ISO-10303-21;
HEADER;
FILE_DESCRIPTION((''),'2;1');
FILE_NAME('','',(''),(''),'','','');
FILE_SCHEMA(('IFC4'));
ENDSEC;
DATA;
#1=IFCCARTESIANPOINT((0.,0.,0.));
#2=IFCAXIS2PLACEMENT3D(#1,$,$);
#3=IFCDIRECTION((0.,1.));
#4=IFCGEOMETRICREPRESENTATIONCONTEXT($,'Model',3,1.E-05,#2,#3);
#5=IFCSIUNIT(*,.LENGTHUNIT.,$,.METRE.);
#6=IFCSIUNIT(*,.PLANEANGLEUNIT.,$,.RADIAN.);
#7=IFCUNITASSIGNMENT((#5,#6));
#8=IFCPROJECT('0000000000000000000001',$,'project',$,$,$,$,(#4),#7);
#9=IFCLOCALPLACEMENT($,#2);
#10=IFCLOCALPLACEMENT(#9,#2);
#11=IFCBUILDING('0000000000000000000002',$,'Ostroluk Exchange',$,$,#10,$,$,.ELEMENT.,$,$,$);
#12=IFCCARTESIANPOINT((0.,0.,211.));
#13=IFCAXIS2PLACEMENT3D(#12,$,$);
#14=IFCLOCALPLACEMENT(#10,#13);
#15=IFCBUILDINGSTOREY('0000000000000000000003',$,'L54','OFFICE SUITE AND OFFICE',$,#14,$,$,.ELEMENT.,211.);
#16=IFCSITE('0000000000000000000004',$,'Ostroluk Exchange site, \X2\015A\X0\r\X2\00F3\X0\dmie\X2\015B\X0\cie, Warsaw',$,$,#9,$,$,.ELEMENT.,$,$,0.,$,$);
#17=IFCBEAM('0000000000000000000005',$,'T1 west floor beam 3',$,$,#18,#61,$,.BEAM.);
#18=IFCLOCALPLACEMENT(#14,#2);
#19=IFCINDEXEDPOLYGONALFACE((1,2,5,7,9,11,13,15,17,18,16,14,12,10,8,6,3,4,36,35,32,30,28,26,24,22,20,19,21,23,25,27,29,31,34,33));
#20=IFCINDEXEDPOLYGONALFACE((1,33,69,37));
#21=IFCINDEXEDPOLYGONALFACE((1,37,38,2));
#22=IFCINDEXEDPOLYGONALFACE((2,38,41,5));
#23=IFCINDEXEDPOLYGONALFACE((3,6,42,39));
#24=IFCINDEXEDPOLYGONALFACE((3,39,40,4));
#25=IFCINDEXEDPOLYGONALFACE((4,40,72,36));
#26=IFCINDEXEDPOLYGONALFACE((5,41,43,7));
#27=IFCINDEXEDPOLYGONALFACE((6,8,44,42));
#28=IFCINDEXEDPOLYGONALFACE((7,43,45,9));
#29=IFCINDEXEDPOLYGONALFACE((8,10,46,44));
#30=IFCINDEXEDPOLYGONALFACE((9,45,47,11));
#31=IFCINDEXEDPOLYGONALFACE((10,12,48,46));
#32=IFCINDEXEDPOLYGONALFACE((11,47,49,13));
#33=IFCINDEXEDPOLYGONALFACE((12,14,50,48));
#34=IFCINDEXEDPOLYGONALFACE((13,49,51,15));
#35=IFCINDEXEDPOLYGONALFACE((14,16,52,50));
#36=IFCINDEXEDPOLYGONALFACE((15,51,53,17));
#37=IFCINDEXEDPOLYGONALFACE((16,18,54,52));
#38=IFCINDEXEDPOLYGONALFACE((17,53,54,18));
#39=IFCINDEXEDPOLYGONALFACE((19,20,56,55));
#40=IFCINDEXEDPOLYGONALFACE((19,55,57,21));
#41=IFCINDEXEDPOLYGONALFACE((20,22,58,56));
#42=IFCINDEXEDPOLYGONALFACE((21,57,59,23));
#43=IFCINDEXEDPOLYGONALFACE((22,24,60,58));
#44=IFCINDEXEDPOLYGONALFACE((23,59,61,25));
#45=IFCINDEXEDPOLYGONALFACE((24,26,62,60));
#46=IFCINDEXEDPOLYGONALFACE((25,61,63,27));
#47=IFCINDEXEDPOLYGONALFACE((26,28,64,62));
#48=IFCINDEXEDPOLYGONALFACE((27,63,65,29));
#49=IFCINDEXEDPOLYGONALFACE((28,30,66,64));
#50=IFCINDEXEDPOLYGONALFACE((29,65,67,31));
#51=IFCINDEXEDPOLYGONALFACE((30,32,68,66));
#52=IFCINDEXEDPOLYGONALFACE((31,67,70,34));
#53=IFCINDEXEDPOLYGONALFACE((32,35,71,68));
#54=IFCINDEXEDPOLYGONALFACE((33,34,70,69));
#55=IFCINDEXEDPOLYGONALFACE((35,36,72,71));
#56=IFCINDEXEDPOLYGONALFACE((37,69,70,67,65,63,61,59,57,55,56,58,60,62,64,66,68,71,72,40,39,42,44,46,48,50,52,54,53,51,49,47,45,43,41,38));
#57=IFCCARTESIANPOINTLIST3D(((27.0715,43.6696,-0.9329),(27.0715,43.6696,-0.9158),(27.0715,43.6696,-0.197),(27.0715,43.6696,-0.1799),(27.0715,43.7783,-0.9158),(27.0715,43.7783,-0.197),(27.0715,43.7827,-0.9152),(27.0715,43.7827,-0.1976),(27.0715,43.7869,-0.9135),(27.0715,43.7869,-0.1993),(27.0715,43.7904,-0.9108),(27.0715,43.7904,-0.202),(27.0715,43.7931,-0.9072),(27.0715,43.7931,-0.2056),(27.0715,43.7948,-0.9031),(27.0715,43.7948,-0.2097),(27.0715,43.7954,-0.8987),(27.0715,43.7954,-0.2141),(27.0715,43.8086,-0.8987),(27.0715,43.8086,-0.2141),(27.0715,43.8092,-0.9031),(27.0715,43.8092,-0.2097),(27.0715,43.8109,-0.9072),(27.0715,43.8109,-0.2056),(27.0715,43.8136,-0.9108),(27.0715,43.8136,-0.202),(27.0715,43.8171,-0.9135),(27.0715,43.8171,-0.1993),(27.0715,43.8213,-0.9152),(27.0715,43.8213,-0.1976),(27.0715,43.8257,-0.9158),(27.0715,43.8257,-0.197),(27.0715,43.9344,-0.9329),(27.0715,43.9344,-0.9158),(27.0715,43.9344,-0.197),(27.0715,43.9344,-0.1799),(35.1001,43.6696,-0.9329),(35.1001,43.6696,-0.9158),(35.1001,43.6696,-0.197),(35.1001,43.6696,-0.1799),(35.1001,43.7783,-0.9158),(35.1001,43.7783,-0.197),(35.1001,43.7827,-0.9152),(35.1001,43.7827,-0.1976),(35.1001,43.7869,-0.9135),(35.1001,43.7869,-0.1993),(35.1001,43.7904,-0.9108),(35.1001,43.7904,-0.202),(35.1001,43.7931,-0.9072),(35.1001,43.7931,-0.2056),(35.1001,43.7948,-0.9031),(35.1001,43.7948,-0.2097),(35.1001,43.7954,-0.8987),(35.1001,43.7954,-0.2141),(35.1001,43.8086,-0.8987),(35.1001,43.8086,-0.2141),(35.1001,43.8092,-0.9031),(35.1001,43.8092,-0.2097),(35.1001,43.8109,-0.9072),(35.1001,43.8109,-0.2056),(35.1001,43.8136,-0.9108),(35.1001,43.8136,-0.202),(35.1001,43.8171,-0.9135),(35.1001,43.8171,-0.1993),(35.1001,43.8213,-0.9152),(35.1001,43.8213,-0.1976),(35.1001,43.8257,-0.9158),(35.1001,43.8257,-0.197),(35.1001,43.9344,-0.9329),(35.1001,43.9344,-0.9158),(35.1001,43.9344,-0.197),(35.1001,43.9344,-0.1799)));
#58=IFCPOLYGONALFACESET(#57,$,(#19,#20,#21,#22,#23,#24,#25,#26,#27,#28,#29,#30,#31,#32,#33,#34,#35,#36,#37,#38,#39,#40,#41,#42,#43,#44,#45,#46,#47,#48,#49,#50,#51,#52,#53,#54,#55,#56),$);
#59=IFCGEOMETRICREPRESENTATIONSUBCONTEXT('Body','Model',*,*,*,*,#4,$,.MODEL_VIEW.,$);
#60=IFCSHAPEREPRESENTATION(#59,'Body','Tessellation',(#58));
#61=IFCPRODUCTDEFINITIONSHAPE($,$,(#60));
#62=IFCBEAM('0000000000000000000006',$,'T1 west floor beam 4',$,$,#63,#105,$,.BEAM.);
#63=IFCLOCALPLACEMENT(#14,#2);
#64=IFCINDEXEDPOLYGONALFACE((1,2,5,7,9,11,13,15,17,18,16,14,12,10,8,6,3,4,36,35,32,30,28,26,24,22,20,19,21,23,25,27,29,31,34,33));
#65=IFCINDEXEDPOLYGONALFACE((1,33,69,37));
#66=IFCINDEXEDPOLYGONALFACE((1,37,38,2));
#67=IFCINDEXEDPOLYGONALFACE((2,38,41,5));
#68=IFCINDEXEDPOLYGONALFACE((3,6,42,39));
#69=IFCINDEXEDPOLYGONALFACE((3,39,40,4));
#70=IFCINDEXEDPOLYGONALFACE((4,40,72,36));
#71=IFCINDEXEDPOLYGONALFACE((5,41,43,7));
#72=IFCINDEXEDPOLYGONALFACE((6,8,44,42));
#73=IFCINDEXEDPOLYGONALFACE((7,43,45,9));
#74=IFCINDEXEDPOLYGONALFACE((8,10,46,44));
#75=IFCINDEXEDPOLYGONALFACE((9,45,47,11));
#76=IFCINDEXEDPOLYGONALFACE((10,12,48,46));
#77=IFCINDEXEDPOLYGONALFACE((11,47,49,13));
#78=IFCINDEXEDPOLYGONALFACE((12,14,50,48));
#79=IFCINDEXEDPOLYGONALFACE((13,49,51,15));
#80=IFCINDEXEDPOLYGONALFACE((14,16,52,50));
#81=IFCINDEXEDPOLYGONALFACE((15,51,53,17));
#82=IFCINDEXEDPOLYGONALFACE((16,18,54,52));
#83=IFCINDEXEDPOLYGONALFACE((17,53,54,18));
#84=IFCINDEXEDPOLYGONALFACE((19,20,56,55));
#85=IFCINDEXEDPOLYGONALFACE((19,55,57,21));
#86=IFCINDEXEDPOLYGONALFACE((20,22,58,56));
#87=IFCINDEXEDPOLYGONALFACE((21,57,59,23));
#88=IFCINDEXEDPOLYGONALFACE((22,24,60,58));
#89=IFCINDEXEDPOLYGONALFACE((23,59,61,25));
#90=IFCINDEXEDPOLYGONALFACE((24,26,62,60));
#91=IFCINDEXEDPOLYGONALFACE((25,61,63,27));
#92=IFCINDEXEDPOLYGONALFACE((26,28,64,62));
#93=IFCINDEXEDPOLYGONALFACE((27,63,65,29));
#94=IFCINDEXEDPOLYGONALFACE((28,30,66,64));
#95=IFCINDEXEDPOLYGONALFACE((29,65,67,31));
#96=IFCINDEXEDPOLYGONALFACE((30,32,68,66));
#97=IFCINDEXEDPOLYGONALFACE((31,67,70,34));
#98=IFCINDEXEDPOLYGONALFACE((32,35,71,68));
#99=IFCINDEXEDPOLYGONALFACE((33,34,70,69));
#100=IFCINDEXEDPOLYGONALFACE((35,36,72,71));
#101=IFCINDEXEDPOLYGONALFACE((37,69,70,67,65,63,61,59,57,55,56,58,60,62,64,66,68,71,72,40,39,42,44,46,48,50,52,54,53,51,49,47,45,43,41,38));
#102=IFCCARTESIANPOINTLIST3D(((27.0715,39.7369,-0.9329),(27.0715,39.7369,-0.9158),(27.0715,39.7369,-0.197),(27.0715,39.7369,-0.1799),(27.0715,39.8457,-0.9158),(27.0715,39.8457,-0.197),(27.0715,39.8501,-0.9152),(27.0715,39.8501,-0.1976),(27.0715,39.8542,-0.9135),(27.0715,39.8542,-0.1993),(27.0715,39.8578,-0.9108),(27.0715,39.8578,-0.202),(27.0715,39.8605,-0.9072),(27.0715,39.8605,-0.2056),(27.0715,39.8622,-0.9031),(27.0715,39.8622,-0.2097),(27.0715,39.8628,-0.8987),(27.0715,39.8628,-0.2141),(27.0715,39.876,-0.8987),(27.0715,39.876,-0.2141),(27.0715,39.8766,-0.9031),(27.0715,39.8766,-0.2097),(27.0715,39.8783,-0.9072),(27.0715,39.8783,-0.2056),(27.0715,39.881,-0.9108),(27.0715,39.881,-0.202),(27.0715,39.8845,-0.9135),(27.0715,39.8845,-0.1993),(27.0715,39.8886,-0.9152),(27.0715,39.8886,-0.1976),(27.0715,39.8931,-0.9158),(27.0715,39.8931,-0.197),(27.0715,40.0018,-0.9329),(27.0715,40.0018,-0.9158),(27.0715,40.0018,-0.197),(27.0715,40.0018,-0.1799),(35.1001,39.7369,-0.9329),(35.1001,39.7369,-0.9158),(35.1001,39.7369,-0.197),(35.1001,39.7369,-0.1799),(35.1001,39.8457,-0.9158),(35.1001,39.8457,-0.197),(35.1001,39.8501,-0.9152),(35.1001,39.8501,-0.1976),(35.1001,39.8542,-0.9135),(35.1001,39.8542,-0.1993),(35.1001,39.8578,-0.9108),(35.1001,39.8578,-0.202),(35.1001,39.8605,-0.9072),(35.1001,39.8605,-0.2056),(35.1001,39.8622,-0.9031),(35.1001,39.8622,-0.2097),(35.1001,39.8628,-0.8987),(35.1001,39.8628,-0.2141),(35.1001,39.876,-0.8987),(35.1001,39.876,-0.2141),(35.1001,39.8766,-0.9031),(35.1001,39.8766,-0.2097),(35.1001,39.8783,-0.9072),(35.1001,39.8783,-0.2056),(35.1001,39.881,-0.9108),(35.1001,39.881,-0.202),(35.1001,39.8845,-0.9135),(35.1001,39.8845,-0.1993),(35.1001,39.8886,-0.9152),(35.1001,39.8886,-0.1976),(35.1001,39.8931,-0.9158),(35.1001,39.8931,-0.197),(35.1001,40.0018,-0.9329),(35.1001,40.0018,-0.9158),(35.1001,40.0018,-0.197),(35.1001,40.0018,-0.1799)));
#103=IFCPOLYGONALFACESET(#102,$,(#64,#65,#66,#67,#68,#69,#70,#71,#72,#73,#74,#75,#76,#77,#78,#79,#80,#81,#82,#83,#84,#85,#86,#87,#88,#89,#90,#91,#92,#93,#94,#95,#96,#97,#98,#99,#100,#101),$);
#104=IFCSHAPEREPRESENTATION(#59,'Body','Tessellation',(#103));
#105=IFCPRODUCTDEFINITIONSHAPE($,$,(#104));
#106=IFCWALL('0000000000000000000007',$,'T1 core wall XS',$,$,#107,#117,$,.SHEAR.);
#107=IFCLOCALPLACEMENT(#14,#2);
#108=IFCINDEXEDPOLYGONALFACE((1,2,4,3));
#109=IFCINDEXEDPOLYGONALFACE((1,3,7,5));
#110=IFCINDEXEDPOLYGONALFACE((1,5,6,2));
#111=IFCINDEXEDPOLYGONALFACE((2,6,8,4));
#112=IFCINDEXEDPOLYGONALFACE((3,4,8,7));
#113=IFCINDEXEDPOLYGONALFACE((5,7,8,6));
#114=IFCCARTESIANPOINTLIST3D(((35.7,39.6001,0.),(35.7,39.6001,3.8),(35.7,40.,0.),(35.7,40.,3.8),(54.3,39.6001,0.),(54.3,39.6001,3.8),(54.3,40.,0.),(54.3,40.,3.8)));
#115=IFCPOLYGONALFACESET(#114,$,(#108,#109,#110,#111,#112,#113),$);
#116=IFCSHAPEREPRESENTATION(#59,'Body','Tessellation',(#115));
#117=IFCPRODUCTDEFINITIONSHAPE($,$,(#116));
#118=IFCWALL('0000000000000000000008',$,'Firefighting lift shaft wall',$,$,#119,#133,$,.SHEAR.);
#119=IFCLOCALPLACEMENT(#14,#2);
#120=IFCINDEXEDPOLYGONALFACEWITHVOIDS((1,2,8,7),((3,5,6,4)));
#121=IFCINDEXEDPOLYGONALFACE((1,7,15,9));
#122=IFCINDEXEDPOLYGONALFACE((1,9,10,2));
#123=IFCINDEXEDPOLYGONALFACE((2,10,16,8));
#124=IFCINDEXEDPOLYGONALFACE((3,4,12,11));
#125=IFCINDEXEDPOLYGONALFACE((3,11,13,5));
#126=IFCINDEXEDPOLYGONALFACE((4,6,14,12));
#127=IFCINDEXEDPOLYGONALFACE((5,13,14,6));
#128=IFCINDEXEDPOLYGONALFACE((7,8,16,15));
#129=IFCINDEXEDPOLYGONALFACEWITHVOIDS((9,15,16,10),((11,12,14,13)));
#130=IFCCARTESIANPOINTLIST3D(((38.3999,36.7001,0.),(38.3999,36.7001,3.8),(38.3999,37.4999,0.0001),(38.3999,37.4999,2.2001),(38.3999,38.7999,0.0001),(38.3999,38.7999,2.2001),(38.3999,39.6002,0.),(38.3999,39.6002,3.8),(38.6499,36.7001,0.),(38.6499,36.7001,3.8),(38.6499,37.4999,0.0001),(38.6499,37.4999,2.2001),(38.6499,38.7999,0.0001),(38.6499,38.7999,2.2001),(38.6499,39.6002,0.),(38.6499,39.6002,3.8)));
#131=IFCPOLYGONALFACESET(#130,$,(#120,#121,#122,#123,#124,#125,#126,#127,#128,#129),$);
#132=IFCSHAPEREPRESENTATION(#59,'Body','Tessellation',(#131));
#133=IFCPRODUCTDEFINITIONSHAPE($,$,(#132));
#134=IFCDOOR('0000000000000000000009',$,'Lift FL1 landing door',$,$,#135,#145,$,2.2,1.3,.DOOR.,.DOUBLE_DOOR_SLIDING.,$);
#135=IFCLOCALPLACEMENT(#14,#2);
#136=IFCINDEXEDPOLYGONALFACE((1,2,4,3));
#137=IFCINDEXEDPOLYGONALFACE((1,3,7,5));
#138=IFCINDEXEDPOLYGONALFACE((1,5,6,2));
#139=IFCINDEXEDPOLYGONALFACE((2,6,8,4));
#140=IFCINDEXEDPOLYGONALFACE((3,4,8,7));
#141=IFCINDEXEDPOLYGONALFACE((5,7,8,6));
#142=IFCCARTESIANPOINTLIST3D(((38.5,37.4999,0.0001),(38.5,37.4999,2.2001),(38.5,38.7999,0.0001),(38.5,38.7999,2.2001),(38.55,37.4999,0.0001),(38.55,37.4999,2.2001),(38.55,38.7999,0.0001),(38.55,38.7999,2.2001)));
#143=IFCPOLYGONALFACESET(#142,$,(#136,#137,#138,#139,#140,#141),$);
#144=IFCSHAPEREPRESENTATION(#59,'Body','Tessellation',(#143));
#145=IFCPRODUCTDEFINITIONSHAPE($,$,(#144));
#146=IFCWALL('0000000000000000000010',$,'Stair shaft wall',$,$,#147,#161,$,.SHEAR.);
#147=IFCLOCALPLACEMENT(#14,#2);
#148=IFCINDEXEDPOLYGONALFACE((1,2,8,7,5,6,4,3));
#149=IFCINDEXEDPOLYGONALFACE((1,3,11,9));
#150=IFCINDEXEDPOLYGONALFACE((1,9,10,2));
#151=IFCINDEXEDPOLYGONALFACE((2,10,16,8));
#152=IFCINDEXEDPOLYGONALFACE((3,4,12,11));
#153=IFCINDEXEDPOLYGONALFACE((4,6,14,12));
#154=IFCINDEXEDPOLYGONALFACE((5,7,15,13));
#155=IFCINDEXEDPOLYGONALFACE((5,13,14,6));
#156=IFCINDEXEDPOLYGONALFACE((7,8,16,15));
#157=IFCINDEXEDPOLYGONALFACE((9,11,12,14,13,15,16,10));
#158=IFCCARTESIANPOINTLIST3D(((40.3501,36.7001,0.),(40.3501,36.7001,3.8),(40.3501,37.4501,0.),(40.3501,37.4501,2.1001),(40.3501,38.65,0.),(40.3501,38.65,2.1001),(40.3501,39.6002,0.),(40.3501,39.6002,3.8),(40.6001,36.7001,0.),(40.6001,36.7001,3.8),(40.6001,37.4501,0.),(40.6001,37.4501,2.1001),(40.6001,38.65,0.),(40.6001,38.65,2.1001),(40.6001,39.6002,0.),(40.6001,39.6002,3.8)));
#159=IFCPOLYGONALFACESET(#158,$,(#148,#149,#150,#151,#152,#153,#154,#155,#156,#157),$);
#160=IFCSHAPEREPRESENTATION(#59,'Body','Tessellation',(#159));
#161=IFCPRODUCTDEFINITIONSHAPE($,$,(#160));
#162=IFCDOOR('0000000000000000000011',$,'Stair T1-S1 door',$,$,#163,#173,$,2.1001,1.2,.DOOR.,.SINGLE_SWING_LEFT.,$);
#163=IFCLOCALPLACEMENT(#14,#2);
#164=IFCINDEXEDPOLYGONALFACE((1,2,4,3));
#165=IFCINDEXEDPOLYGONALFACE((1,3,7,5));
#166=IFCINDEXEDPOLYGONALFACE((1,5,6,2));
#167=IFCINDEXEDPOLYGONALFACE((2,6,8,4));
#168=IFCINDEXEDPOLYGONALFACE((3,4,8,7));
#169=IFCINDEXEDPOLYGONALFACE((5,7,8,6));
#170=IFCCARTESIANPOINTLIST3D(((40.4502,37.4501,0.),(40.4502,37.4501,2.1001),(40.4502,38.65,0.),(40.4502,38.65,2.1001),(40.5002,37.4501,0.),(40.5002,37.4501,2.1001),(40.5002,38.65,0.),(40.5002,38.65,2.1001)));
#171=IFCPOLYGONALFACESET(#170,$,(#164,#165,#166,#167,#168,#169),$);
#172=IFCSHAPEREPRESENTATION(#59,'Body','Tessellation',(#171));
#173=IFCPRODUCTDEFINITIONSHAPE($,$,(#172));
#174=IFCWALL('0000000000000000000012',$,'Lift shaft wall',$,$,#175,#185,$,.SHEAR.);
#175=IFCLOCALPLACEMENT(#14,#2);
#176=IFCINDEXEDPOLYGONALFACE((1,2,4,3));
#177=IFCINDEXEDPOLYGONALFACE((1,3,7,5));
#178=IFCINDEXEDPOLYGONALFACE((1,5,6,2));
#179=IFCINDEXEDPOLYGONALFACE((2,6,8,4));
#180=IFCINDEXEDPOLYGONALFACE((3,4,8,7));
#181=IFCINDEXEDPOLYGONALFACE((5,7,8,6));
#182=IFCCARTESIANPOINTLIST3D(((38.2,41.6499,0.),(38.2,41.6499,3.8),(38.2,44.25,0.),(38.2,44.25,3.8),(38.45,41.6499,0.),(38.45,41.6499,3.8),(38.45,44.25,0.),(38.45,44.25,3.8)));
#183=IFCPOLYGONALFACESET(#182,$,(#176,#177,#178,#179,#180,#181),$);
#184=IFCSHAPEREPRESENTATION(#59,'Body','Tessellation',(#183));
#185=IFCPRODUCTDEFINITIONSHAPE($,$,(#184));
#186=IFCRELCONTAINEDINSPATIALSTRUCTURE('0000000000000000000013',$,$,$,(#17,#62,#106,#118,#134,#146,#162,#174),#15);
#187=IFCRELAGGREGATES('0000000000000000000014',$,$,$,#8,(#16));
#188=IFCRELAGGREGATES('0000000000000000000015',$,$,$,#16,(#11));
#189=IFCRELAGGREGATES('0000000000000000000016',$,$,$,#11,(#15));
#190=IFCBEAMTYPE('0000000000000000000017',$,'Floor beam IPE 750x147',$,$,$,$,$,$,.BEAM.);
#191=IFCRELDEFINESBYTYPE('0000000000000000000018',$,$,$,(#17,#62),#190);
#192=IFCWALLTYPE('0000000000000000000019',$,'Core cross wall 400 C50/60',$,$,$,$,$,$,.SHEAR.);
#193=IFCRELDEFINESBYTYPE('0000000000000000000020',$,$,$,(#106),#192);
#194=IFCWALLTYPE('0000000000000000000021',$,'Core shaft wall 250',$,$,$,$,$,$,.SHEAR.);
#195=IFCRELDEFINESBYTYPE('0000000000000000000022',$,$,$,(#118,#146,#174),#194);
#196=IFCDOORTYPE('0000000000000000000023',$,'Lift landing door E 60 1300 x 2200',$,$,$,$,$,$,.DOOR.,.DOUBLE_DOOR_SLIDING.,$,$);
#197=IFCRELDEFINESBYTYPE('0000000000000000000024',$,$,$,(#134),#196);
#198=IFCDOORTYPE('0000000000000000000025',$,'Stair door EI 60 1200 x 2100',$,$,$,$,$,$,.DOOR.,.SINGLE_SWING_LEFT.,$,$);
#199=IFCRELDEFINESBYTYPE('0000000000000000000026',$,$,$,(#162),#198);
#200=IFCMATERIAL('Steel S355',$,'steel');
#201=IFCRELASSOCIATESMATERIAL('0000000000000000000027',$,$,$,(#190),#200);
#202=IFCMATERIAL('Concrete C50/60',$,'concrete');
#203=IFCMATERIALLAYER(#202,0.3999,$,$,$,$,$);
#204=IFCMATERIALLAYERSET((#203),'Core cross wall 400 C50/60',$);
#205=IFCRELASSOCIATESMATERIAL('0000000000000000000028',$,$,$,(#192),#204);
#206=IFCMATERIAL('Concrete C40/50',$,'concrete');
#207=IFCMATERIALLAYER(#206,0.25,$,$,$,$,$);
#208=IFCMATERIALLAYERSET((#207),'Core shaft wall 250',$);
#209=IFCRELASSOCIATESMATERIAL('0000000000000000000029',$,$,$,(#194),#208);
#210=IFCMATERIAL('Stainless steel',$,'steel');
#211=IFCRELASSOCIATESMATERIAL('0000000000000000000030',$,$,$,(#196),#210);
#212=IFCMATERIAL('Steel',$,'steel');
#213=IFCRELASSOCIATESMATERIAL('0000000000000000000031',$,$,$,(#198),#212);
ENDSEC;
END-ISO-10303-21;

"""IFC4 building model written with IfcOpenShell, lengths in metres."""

from ifc_helpers import new_model, si_unit, direction, frame, frame_2d, origin, origin_2d, place, context, subcontext, project, spatial, rectangle, i_section, extrude, material, layer, layer_set, material_profile, profile_set, type_object, element, fill, save


model = new_model("IFC4")

# Units and contexts
model_context = context("Model", 3, precision=1e-05, world=origin(), true_north=direction((0.0, 1.0)))
body_context = subcontext(model_context, "Body", "Model", "MODEL_VIEW")
ifc_project = project(units=[si_unit("LENGTHUNIT", "METRE"), si_unit("PLANEANGLEUNIT", "RADIAN")], contexts=[model_context])

# Site, building, storey
site_placement = place(None, origin())
site = spatial("IfcSite", under=ifc_project, at=site_placement, Name="Ostroluk Exchange site, Śródmieście, Warsaw", CompositionType="ELEMENT", RefElevation=0.0)
building_placement = place(site_placement, origin())
building = spatial("IfcBuilding", under=site, at=building_placement, Name="Ostroluk Exchange", CompositionType="ELEMENT")
storey_placement = place(building_placement, frame((0.0, 0.0, 211.0)))
storey = spatial("IfcBuildingStorey", under=building, at=storey_placement, Name="L54", Description="OFFICE SUITE AND OFFICE", CompositionType="ELEMENT", Elevation=211.0)

# Beams
ifc_material_1 = material(Name="Steel S355", Category="steel")
ifc_material_profile = material_profile(ifc_material_1, i_section(OverallWidth=0.2649, OverallDepth=0.7529, WebThickness=0.0132, FlangeThickness=0.0171, FilletRadius=0.0171, at=origin_2d()), Name="IPE 750x147")
ifc_profile_set = profile_set([ifc_material_profile], Name="Steel S355")
beam_type = type_object("IfcBeamType", Name="Floor beam IPE 750x147", PredefinedType="BEAM", material=ifc_profile_set)
for number, where, z_axis, x_axis, name in (
    (1, (35.1001, 43.802, -0.5564), (-1.0, 0.0, 0.0), (0.0, -1.0, 0.0), "T1 west floor beam 3"),
    (2, (35.1001, 39.8694, -0.5564), (-1.0, 0.0, 0.0), (0.0, -1.0, 0.0), "T1 west floor beam 4"),
):
    element("IfcBeam", number, at=place(storey_placement, frame(where, z_axis=z_axis, x_axis=x_axis)), inside=storey, type_object=beam_type, Name=name, PredefinedType="BEAM", context=body_context, shape_type="SweptSolid", body=[
        extrude(i_section(OverallWidth=0.2649, OverallDepth=0.7529, WebThickness=0.0132, FlangeThickness=0.0171, FilletRadius=0.0171, at=origin_2d()), origin(), (0.0, 0.0, 1.0), 8.0286),
    ])

# Wall
ifc_material_2 = material(Name="Concrete C50/60", Category="concrete")
ifc_layer_1 = layer(ifc_material_2, 0.3999)
ifc_layer_set_1 = layer_set([ifc_layer_1], Name="Core cross wall 400 C50/60")
wall_type_1 = type_object("IfcWallType", Name="Core cross wall 400 C50/60", PredefinedType="SHEAR", material=ifc_layer_set_1)
wall_1_placement = place(storey_placement, frame((35.7, 39.8, 0.0), z_axis=(0.0, 0.0, 1.0), x_axis=(1.0, 0.0, 0.0)))
element("IfcWall", 3, at=wall_1_placement, inside=storey, type_object=wall_type_1, Name="T1 core wall XS", PredefinedType="SHEAR", context=body_context, shape_type="SweptSolid", body=[
    extrude(rectangle(XDim=18.6001, YDim=0.3999, at=frame_2d((9.3, 0.0))), origin(), (0.0, 0.0, 1.0), 3.8),
])

# Walls, openings, doors
ifc_material_3 = material(Name="Concrete C40/50", Category="concrete")
ifc_layer_2 = layer(ifc_material_3, 0.25)
ifc_layer_set_2 = layer_set([ifc_layer_2], Name="Core shaft wall 250")
wall_type_2 = type_object("IfcWallType", Name="Core shaft wall 250", PredefinedType="SHEAR", material=ifc_layer_set_2)
wall_2_placement = place(storey_placement, frame((38.5249, 36.7, 0.0), z_axis=(0.0, 0.0, 1.0), x_axis=(0.0, 1.0, 0.0)))
wall_2 = element("IfcWall", 4, at=wall_2_placement, inside=storey, type_object=wall_type_2, Name="Firefighting lift shaft wall", PredefinedType="SHEAR", context=body_context, shape_type="SweptSolid", body=[
    extrude(rectangle(XDim=2.9001, YDim=0.25, at=frame_2d((1.4502, 0.0))), origin(), (0.0, 0.0, 1.0), 3.8),
])
opening_1_placement = place(wall_2_placement, frame((0.8, 0.0, 0.0)))
opening_1 = element("IfcOpeningElement", 5, at=opening_1_placement, cuts=wall_2, PredefinedType="OPENING", context=body_context, shape_type="SweptSolid", body=[
    extrude(rectangle(XDim=1.3, YDim=2.2, at=frame_2d((0.6499, 1.1001))), frame((0.0, 0.135, 0.0), z_axis=(0.0, -1.0, 0.0), x_axis=(1.0, 0.0, 0.0)), (0.0, 0.0, 1.0), 0.27),
])
ifc_material_4 = material(Name="Stainless steel", Category="steel")
door_type_1 = type_object("IfcDoorType", Name="Lift landing door E 60 1300 x 2200", OperationType="DOUBLE_DOOR_SLIDING", PredefinedType="DOOR", material=ifc_material_4)
door_1_placement = place(opening_1_placement, origin())
door_1 = element("IfcDoor", 6, at=door_1_placement, inside=storey, type_object=door_type_1, Name="Lift FL1 landing door", OperationType="DOUBLE_DOOR_SLIDING", OverallHeight=2.2, OverallWidth=1.3, PredefinedType="DOOR", context=body_context, shape_type="SweptSolid", body=[
    extrude(rectangle(XDim=1.3, YDim=2.2, at=frame_2d((0.6499, 1.1001))), frame((0.0, 0.0249, 0.0), z_axis=(0.0, -1.0, 0.0), x_axis=(1.0, 0.0, 0.0)), (0.0, 0.0, 1.0), 0.05),
])
fill(opening_1, door_1)
wall_3_placement = place(storey_placement, frame((40.4751, 36.7, 0.0), z_axis=(0.0, 0.0, 1.0), x_axis=(0.0, 1.0, 0.0)))
wall_3 = element("IfcWall", 7, at=wall_3_placement, inside=storey, type_object=wall_type_2, Name="Stair shaft wall", PredefinedType="SHEAR", context=body_context, shape_type="SweptSolid", body=[
    extrude(rectangle(XDim=2.9001, YDim=0.25, at=frame_2d((1.4502, 0.0))), origin(), (0.0, 0.0, 1.0), 3.8),
])
opening_2_placement = place(wall_3_placement, frame((0.75, 0.0, 0.0)))
opening_2 = element("IfcOpeningElement", 8, at=opening_2_placement, cuts=wall_3, PredefinedType="OPENING", context=body_context, shape_type="SweptSolid", body=[
    extrude(rectangle(XDim=1.2, YDim=2.1001, at=frame_2d((0.6001, 1.05))), frame((0.0, 0.135, 0.0), z_axis=(0.0, -1.0, 0.0), x_axis=(1.0, 0.0, 0.0)), (0.0, 0.0, 1.0), 0.27),
])
ifc_material_5 = material(Name="Steel", Category="steel")
door_type_2 = type_object("IfcDoorType", Name="Stair door EI 60 1200 x 2100", OperationType="SINGLE_SWING_LEFT", PredefinedType="DOOR", material=ifc_material_5)
door_2_placement = place(opening_2_placement, origin())
door_2 = element("IfcDoor", 9, at=door_2_placement, inside=storey, type_object=door_type_2, Name="Stair T1-S1 door", OperationType="SINGLE_SWING_LEFT", OverallHeight=2.1001, OverallWidth=1.2, PredefinedType="DOOR", context=body_context, shape_type="SweptSolid", body=[
    extrude(rectangle(XDim=1.2, YDim=2.1001, at=frame_2d((0.6001, 1.05))), frame((0.0, 0.0249, 0.0), z_axis=(0.0, -1.0, 0.0), x_axis=(1.0, 0.0, 0.0)), (0.0, 0.0, 1.0), 0.05),
])
fill(opening_2, door_2)

# Wall
for number, where, z_axis, x_axis, name in (
    (10, (38.325, 44.25, 0.0), (0.0, 0.0, 1.0), (0.0, -1.0, 0.0), "Lift shaft wall"),
):
    element("IfcWall", number, at=place(storey_placement, frame(where, z_axis=z_axis, x_axis=x_axis)), inside=storey, type_object=wall_type_2, Name=name, PredefinedType="SHEAR", context=body_context, shape_type="SweptSolid", body=[
        extrude(rectangle(XDim=2.6001, YDim=0.25, at=frame_2d((1.3, 0.0))), origin(), (0.0, 0.0, 1.0), 3.8),
    ])

save(model, "model.ifc")
